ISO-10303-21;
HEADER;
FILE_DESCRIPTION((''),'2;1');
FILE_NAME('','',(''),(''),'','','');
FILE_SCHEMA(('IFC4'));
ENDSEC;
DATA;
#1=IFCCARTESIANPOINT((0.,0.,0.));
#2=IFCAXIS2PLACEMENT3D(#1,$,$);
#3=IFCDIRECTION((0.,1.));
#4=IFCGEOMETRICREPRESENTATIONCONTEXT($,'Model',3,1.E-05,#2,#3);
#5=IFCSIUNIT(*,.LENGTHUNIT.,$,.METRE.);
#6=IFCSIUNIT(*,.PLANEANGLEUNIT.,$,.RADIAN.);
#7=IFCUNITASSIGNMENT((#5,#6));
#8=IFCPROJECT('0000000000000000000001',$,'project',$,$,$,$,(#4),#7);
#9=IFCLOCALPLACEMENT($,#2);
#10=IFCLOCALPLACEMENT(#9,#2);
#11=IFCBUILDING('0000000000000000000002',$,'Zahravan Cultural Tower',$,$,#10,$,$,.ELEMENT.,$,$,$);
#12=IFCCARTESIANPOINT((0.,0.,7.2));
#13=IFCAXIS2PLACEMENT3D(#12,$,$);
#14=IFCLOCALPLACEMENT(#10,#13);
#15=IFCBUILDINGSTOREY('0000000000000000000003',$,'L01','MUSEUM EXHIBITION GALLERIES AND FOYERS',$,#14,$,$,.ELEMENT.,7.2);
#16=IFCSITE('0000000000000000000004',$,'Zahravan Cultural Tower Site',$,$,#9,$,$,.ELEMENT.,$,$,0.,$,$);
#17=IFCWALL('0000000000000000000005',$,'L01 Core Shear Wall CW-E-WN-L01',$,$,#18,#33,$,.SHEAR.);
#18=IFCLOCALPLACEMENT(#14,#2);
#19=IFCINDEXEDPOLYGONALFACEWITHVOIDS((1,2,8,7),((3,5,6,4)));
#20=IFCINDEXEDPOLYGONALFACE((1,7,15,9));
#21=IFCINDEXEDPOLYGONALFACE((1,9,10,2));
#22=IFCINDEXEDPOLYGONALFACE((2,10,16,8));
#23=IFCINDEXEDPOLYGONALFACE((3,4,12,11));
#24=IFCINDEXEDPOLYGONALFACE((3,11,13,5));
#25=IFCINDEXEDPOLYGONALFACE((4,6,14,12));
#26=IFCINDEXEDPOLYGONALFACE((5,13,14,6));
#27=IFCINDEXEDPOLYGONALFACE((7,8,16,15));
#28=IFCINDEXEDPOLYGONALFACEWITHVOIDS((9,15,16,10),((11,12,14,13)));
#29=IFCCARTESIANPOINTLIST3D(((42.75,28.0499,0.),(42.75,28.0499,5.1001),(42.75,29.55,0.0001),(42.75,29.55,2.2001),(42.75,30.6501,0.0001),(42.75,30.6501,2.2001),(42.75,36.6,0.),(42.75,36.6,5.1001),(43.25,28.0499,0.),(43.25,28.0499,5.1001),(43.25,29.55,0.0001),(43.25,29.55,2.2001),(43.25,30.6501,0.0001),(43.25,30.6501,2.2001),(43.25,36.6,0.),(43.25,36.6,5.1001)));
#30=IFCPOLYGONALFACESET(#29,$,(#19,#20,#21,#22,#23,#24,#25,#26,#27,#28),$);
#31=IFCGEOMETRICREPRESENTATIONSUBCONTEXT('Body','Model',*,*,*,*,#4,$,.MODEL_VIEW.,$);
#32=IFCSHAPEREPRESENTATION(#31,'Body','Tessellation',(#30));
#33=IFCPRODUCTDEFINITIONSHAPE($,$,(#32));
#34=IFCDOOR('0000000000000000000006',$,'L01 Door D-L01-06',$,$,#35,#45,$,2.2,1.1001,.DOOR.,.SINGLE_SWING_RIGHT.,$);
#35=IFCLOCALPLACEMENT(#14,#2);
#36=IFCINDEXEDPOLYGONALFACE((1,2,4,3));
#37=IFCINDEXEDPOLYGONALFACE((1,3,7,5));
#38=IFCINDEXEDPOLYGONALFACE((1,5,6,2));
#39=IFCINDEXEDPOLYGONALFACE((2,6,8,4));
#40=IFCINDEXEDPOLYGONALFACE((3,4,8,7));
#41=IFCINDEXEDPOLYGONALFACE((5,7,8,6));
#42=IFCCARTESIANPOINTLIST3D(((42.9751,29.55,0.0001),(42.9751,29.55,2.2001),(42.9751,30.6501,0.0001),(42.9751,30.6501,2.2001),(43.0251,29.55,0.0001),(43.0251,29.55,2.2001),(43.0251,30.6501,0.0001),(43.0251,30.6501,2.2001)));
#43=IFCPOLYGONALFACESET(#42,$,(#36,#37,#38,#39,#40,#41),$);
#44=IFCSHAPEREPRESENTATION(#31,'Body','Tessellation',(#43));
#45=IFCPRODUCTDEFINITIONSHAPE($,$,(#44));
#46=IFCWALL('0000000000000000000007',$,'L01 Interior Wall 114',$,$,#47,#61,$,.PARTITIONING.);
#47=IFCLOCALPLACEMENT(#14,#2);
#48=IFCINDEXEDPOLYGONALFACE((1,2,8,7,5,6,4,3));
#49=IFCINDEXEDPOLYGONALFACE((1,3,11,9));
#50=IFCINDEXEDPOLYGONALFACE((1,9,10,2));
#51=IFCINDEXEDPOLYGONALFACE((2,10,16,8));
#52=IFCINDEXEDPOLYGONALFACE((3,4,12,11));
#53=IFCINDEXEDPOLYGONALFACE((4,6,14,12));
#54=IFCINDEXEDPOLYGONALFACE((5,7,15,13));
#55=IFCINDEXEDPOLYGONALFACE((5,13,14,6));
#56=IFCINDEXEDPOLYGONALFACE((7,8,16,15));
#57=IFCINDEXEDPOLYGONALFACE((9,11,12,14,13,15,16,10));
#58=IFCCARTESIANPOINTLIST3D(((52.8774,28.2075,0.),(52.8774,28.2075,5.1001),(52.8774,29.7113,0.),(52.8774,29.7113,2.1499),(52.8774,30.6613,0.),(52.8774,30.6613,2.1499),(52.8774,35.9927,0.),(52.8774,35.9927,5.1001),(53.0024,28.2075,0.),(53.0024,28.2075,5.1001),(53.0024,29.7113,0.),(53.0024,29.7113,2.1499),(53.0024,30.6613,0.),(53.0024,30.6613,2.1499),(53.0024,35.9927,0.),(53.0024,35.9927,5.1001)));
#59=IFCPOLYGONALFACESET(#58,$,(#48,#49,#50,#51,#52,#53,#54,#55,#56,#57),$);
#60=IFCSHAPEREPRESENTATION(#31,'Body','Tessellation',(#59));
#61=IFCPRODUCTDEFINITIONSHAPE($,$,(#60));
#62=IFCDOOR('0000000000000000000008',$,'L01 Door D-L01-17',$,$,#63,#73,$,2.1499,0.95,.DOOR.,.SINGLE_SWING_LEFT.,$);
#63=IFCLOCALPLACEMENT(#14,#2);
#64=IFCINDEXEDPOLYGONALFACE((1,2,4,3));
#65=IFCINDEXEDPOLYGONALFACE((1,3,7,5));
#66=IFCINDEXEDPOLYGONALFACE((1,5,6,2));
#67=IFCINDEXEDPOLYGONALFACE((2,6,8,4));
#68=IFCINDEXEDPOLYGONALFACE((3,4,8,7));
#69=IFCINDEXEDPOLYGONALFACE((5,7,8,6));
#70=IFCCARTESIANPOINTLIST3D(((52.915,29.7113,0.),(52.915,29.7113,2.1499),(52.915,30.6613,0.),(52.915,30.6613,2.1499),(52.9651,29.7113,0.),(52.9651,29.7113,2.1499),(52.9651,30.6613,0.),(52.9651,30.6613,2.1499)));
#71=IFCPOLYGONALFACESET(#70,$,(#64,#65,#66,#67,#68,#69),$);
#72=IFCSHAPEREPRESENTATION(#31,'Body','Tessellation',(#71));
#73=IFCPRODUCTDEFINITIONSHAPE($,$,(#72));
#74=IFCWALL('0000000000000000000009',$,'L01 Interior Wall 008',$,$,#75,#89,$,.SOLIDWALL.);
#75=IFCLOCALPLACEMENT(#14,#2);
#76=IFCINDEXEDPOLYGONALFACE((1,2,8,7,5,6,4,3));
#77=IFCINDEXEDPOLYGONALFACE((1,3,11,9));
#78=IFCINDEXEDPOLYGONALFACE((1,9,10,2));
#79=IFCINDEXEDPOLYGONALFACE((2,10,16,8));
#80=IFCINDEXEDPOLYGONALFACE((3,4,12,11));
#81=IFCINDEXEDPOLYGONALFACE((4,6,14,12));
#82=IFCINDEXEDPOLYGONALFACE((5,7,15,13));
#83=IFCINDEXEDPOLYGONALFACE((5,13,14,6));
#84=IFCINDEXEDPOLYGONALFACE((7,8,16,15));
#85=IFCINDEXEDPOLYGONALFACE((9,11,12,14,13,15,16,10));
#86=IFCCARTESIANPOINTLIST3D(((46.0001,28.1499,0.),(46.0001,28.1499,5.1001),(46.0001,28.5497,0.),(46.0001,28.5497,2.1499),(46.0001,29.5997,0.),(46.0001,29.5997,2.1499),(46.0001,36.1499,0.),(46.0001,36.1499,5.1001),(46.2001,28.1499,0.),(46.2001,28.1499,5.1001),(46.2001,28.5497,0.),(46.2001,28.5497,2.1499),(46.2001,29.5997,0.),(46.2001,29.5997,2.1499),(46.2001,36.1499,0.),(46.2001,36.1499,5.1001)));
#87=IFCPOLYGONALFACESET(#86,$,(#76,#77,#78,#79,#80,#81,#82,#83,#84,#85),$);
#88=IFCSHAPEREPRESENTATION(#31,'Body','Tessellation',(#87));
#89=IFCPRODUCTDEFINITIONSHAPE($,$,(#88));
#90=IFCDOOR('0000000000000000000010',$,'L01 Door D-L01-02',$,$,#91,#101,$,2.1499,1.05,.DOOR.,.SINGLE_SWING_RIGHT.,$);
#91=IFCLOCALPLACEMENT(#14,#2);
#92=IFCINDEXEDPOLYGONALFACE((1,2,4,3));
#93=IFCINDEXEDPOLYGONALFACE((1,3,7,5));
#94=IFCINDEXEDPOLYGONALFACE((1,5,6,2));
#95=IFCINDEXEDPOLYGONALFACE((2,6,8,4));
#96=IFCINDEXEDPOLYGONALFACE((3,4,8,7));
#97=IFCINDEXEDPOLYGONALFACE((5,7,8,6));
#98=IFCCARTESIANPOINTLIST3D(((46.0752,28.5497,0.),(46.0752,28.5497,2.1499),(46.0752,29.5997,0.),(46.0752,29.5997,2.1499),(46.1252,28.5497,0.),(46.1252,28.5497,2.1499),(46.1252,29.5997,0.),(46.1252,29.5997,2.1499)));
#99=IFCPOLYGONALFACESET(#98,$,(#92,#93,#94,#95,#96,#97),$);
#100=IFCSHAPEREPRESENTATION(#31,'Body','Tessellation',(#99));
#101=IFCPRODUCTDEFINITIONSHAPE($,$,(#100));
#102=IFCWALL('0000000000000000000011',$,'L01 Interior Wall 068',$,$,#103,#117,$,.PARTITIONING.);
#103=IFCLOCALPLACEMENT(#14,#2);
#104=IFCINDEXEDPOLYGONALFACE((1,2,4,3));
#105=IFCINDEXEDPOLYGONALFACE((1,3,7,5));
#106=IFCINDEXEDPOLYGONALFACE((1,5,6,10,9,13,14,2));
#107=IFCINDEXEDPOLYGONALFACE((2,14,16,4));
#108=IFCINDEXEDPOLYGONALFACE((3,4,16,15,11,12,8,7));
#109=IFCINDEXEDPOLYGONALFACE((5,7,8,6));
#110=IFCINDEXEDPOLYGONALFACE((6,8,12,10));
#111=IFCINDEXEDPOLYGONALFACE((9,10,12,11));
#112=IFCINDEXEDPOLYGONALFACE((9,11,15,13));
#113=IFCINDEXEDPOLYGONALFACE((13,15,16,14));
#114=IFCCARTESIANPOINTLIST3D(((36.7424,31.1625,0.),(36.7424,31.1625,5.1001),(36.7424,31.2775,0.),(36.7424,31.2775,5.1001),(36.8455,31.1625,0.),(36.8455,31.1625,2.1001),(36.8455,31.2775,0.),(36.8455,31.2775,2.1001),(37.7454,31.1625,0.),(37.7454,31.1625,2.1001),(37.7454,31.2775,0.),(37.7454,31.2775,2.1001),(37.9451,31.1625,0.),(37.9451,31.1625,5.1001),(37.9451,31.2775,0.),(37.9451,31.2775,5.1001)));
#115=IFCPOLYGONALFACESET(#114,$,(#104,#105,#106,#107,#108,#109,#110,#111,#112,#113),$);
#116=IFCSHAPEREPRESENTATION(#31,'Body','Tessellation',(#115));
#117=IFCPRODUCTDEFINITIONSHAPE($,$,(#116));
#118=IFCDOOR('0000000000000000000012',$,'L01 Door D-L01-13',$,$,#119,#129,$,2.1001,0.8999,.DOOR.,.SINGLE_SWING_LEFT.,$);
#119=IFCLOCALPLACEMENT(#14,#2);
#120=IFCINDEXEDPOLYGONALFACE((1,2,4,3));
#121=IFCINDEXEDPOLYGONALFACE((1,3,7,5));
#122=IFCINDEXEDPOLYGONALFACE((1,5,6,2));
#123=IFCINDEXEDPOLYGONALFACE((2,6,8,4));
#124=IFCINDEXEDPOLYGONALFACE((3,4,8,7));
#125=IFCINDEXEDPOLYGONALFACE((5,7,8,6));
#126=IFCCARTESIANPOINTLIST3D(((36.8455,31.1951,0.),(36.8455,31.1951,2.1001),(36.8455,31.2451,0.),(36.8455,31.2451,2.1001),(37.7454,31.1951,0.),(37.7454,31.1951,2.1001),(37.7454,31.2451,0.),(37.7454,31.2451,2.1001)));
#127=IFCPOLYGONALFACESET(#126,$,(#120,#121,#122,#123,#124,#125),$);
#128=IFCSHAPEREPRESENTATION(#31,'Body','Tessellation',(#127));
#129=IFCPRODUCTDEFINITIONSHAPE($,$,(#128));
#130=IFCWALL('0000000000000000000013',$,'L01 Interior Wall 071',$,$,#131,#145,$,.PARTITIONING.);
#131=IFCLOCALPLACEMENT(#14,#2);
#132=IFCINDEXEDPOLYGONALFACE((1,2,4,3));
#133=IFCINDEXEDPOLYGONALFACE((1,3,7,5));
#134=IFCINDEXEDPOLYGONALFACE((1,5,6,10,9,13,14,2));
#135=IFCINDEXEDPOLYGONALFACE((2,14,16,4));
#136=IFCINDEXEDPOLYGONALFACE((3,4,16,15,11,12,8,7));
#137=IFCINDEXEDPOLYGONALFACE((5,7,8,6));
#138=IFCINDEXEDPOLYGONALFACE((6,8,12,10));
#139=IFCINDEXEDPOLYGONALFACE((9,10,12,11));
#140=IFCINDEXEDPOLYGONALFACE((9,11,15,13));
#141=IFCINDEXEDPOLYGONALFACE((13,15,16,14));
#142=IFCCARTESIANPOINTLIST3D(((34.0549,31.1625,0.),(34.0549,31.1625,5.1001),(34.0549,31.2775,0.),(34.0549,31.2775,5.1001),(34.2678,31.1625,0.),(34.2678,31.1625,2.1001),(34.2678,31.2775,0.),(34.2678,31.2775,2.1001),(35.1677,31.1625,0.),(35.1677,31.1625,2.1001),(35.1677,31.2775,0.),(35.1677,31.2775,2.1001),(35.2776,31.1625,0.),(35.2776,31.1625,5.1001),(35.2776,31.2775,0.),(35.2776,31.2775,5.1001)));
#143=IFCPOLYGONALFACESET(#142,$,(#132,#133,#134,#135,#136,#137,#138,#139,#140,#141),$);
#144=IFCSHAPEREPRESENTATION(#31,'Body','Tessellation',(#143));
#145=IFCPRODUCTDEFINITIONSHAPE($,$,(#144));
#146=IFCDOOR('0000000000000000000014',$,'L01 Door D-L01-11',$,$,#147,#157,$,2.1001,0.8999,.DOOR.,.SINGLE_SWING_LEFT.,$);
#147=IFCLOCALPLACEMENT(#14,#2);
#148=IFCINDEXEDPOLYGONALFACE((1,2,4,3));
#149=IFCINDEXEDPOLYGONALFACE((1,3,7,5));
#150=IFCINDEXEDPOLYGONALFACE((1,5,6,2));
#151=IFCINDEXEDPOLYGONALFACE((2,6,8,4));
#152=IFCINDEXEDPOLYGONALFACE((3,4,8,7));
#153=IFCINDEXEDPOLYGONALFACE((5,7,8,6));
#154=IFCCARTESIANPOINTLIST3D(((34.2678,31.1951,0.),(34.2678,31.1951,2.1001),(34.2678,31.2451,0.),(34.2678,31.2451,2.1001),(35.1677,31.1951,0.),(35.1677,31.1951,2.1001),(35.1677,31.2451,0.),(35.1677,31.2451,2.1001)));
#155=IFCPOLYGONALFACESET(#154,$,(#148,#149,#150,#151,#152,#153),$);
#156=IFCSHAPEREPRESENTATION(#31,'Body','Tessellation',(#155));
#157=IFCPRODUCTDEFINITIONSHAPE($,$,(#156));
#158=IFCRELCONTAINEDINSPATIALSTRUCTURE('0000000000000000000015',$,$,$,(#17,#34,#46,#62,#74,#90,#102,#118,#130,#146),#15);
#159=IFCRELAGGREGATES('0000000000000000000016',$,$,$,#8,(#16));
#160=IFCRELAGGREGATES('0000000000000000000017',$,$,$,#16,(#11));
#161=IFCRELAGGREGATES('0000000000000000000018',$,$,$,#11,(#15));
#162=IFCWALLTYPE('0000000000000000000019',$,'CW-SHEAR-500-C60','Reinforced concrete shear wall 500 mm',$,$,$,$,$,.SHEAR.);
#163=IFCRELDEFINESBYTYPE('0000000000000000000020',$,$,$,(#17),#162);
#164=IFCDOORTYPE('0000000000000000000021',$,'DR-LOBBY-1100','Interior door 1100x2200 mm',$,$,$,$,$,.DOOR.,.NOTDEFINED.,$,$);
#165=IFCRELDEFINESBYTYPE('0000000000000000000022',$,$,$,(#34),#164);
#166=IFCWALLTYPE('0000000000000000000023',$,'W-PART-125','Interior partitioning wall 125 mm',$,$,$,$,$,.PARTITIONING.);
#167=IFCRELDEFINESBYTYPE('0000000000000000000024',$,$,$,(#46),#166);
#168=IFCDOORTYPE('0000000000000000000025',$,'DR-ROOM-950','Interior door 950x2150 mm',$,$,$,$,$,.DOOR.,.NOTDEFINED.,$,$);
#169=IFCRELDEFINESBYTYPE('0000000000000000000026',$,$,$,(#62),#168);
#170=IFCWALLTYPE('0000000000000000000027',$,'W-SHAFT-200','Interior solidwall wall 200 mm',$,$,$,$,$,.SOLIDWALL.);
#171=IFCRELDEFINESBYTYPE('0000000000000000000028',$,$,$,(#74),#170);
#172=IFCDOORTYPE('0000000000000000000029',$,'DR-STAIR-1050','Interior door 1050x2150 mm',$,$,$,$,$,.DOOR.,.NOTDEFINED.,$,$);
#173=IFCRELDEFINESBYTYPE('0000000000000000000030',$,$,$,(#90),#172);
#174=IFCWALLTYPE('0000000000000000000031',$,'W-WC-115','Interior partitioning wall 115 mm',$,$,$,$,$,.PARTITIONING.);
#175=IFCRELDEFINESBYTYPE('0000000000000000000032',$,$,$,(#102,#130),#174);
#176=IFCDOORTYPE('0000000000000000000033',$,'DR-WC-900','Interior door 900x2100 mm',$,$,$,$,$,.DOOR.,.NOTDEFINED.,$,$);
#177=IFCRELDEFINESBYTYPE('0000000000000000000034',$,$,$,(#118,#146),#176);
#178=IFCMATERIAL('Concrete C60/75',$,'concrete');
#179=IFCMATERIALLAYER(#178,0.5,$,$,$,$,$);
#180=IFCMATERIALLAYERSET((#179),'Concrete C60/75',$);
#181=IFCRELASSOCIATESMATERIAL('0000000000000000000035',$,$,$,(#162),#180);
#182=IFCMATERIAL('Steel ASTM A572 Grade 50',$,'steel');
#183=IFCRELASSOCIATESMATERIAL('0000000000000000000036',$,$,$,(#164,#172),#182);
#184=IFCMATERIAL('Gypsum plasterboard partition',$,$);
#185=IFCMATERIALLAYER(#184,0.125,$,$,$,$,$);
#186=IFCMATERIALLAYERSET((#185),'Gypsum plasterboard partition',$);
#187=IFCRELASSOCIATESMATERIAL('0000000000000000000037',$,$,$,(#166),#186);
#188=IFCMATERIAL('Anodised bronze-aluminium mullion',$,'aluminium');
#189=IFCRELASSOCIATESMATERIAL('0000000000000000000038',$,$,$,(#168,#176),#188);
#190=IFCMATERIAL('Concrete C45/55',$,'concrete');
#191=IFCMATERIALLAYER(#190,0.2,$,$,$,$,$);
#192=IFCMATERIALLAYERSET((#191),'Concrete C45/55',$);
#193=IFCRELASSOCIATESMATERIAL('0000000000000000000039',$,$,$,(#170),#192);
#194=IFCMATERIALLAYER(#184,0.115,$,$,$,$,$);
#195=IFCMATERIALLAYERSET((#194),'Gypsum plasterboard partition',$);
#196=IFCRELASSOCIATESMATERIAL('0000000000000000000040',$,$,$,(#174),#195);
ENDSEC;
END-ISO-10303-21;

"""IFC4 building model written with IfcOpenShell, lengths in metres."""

from ifc_helpers import new_model, si_unit, direction, frame, frame_2d, origin, place, context, subcontext, project, spatial, rectangle, extrude, source, transform, mapped, material, layer, layer_set, type_object, element, fill, save


model = new_model("IFC4")

# Units and contexts
model_context = context("Model", 3, precision=1e-05, world=origin(), true_north=direction((0.0, 1.0)))
body_context = subcontext(model_context, "Body", "Model", "MODEL_VIEW")
ifc_project = project(units=[si_unit("LENGTHUNIT", "METRE"), si_unit("PLANEANGLEUNIT", "RADIAN")], contexts=[model_context])

# Site, building, storey
site_placement = place(None, origin())
site = spatial("IfcSite", under=ifc_project, at=site_placement, Name="Zahravan Cultural Tower Site", CompositionType="ELEMENT", RefElevation=0.0)
building_placement = place(site_placement, origin())
building = spatial("IfcBuilding", under=site, at=building_placement, Name="Zahravan Cultural Tower", CompositionType="ELEMENT")
storey_placement = place(building_placement, frame((0.0, 0.0, 7.2)))
storey = spatial("IfcBuildingStorey", under=building, at=storey_placement, Name="L01", Description="MUSEUM EXHIBITION GALLERIES AND FOYERS", CompositionType="ELEMENT", Elevation=7.2)

# Walls, openings, doors
ifc_material_1 = material(Name="Concrete C60/75", Category="concrete")
ifc_layer_1 = layer(ifc_material_1, 0.5)
ifc_layer_set_1 = layer_set([ifc_layer_1], Name="Concrete C60/75")
wall_type_1 = type_object("IfcWallType", Name="CW-SHEAR-500-C60", Description="Reinforced concrete shear wall 500 mm", PredefinedType="SHEAR", material=ifc_layer_set_1)
wall_1_placement = place(storey_placement, frame((43.0, 28.05, 0.0), z_axis=(0.0, 0.0, 1.0), x_axis=(0.0, 1.0, 0.0)))
wall_1 = element("IfcWall", 1, at=wall_1_placement, inside=storey, type_object=wall_type_1, Name="L01 Core Shear Wall CW-E-WN-L01", PredefinedType="SHEAR", context=body_context, shape_type="SweptSolid", body=[
    extrude(rectangle(XDim=8.55, YDim=0.5, at=frame_2d((4.2749, 0.0))), origin(), (0.0, 0.0, 1.0), 5.1001),
])
opening_1_placement = place(wall_1_placement, frame((1.5, 0.0, 0.0)))
opening_1 = element("IfcOpeningElement", 2, at=opening_1_placement, cuts=wall_1, PredefinedType="OPENING", context=body_context, shape_type="SweptSolid", body=[
    extrude(rectangle(XDim=1.1001, YDim=2.2, at=frame_2d((0.55, 1.1001))), frame((0.0, 0.26, 0.0), z_axis=(0.0, -1.0, 0.0), x_axis=(1.0, 0.0, 0.0)), (0.0, 0.0, 1.0), 0.52),
])
ifc_material_2 = material(Name="Steel ASTM A572 Grade 50", Category="steel")
door_type_1 = type_object("IfcDoorType", Name="DR-LOBBY-1100", Description="Interior door 1100x2200 mm", OperationType="NOTDEFINED", PredefinedType="DOOR", material=ifc_material_2)
shared_shape_1 = source(origin(), body_context, "Body", "SweptSolid", [
    extrude(rectangle(XDim=1.1001, YDim=2.2, at=frame_2d((0.55, 1.1001))), frame((0.0, 0.0249, 0.0), z_axis=(0.0, -1.0, 0.0), x_axis=(1.0, 0.0, 0.0)), (0.0, 0.0, 1.0), 0.05),
])
door_1_placement = place(opening_1_placement, origin())
door_1 = element("IfcDoor", 3, at=door_1_placement, inside=storey, type_object=door_type_1, Name="L01 Door D-L01-06", OperationType="SINGLE_SWING_RIGHT", OverallHeight=2.2, OverallWidth=1.1001, PredefinedType="DOOR", context=body_context, shape_type="MappedRepresentation", body=[
    mapped(shared_shape_1, transform((0.0, 0.0, 0.0), x_axis=(1.0, 0.0, 0.0), y_axis=(0.0, 1.0, 0.0), z_axis=(0.0, 0.0, 1.0), scale=1.0)),
])
fill(opening_1, door_1)
ifc_material_3 = material(Name="Gypsum plasterboard partition")
ifc_layer_2 = layer(ifc_material_3, 0.125)
ifc_layer_set_2 = layer_set([ifc_layer_2], Name="Gypsum plasterboard partition")
wall_type_2 = type_object("IfcWallType", Name="W-PART-125", Description="Interior partitioning wall 125 mm", PredefinedType="PARTITIONING", material=ifc_layer_set_2)
wall_2_placement = place(storey_placement, frame((52.9399, 28.2075, 0.0), z_axis=(0.0, 0.0, 1.0), x_axis=(0.0, 1.0, 0.0)))
wall_2 = element("IfcWall", 4, at=wall_2_placement, inside=storey, type_object=wall_type_2, Name="L01 Interior Wall 114", PredefinedType="PARTITIONING", context=body_context, shape_type="SweptSolid", body=[
    extrude(rectangle(XDim=7.7852, YDim=0.125, at=frame_2d((3.8926, 0.0))), origin(), (0.0, 0.0, 1.0), 5.1001),
])
opening_2_placement = place(wall_2_placement, frame((1.5037, 0.0, 0.0)))
opening_2 = element("IfcOpeningElement", 5, at=opening_2_placement, cuts=wall_2, PredefinedType="OPENING", context=body_context, shape_type="SweptSolid", body=[
    extrude(rectangle(XDim=0.95, YDim=2.1499, at=frame_2d((0.4751, 1.075))), frame((0.0, 0.0725, 0.0), z_axis=(0.0, -1.0, 0.0), x_axis=(1.0, 0.0, 0.0)), (0.0, 0.0, 1.0), 0.145),
])
ifc_material_4 = material(Name="Anodised bronze-aluminium mullion", Category="aluminium")
door_type_2 = type_object("IfcDoorType", Name="DR-ROOM-950", Description="Interior door 950x2150 mm", OperationType="NOTDEFINED", PredefinedType="DOOR", material=ifc_material_4)
shared_shape_2 = source(origin(), body_context, "Body", "SweptSolid", [
    extrude(rectangle(XDim=0.95, YDim=2.1499, at=frame_2d((0.4751, 1.075))), frame((0.0, 0.0249, 0.0), z_axis=(0.0, -1.0, 0.0), x_axis=(1.0, 0.0, 0.0)), (0.0, 0.0, 1.0), 0.05),
])
door_2_placement = place(opening_2_placement, origin())
door_2 = element("IfcDoor", 6, at=door_2_placement, inside=storey, type_object=door_type_2, Name="L01 Door D-L01-17", OperationType="SINGLE_SWING_LEFT", OverallHeight=2.1499, OverallWidth=0.95, PredefinedType="DOOR", context=body_context, shape_type="MappedRepresentation", body=[
    mapped(shared_shape_2, transform((0.0, 0.0, 0.0), x_axis=(1.0, 0.0, 0.0), y_axis=(0.0, 1.0, 0.0), z_axis=(0.0, 0.0, 1.0), scale=1.0)),
])
fill(opening_2, door_2)
ifc_material_5 = material(Name="Concrete C45/55", Category="concrete")
ifc_layer_3 = layer(ifc_material_5, 0.2)
ifc_layer_set_3 = layer_set([ifc_layer_3], Name="Concrete C45/55")
wall_type_3 = type_object("IfcWallType", Name="W-SHAFT-200", Description="Interior solidwall wall 200 mm", PredefinedType="SOLIDWALL", material=ifc_layer_set_3)
wall_3_placement = place(storey_placement, frame((46.1001, 28.1499, 0.0), z_axis=(0.0, 0.0, 1.0), x_axis=(0.0, 1.0, 0.0)))
wall_3 = element("IfcWall", 7, at=wall_3_placement, inside=storey, type_object=wall_type_3, Name="L01 Interior Wall 008", PredefinedType="SOLIDWALL", context=body_context, shape_type="SweptSolid", body=[
    extrude(rectangle(XDim=8.0, YDim=0.2, at=frame_2d((4.0, 0.0))), origin(), (0.0, 0.0, 1.0), 5.1001),
])
opening_3_placement = place(wall_3_placement, frame((0.3999, 0.0, 0.0)))
opening_3 = element("IfcOpeningElement", 8, at=opening_3_placement, cuts=wall_3, PredefinedType="OPENING", context=body_context, shape_type="SweptSolid", body=[
    extrude(rectangle(XDim=1.05, YDim=2.1499, at=frame_2d((0.5249, 1.075))), frame((0.0, 0.1099, 0.0), z_axis=(0.0, -1.0, 0.0), x_axis=(1.0, 0.0, 0.0)), (0.0, 0.0, 1.0), 0.22),
])
door_type_3 = type_object("IfcDoorType", Name="DR-STAIR-1050", Description="Interior door 1050x2150 mm", OperationType="NOTDEFINED", PredefinedType="DOOR", material=ifc_material_2)
shared_shape_3 = source(origin(), body_context, "Body", "SweptSolid", [
    extrude(rectangle(XDim=1.05, YDim=2.1499, at=frame_2d((0.5249, 1.075))), frame((0.0, 0.0249, 0.0), z_axis=(0.0, -1.0, 0.0), x_axis=(1.0, 0.0, 0.0)), (0.0, 0.0, 1.0), 0.05),
])
door_3_placement = place(opening_3_placement, origin())
door_3 = element("IfcDoor", 9, at=door_3_placement, inside=storey, type_object=door_type_3, Name="L01 Door D-L01-02", OperationType="SINGLE_SWING_RIGHT", OverallHeight=2.1499, OverallWidth=1.05, PredefinedType="DOOR", context=body_context, shape_type="MappedRepresentation", body=[
    mapped(shared_shape_3, transform((0.0, 0.0, 0.0), x_axis=(1.0, 0.0, 0.0), y_axis=(0.0, 1.0, 0.0), z_axis=(0.0, 0.0, 1.0), scale=1.0)),
])
fill(opening_3, door_3)
ifc_layer_4 = layer(ifc_material_3, 0.115)
ifc_layer_set_4 = layer_set([ifc_layer_4], Name="Gypsum plasterboard partition")
wall_type_4 = type_object("IfcWallType", Name="W-WC-115", Description="Interior partitioning wall 115 mm", PredefinedType="PARTITIONING", material=ifc_layer_set_4)
wall_4_placement = place(storey_placement, frame((37.9451, 31.22, 0.0), z_axis=(0.0, 0.0, 1.0), x_axis=(-1.0, 0.0, 0.0)))
wall_4 = element("IfcWall", 10, at=wall_4_placement, inside=storey, type_object=wall_type_4, Name="L01 Interior Wall 068", PredefinedType="PARTITIONING", context=body_context, shape_type="SweptSolid", body=[
    extrude(rectangle(XDim=1.2026, YDim=0.115, at=frame_2d((0.6013, 0.0))), origin(), (0.0, 0.0, 1.0), 5.1001),
])
opening_4_placement = place(wall_4_placement, frame((0.1997, 0.0, 0.0)))
opening_4 = element("IfcOpeningElement", 11, at=opening_4_placement, cuts=wall_4, PredefinedType="OPENING", context=body_context, shape_type="SweptSolid", body=[
    extrude(rectangle(XDim=0.8999, YDim=2.1001, at=frame_2d((0.45, 1.05))), frame((0.0, 0.0674, 0.0), z_axis=(0.0, -1.0, 0.0), x_axis=(1.0, 0.0, 0.0)), (0.0, 0.0, 1.0), 0.135),
])
door_type_4 = type_object("IfcDoorType", Name="DR-WC-900", Description="Interior door 900x2100 mm", OperationType="NOTDEFINED", PredefinedType="DOOR", material=ifc_material_4)
shared_shape_4 = source(origin(), body_context, "Body", "SweptSolid", [
    extrude(rectangle(XDim=0.8999, YDim=2.1001, at=frame_2d((0.45, 1.05))), frame((0.0, 0.0249, 0.0), z_axis=(0.0, -1.0, 0.0), x_axis=(1.0, 0.0, 0.0)), (0.0, 0.0, 1.0), 0.05),
])
door_4_placement = place(opening_4_placement, origin())
door_4 = element("IfcDoor", 12, at=door_4_placement, inside=storey, type_object=door_type_4, Name="L01 Door D-L01-13", OperationType="SINGLE_SWING_LEFT", OverallHeight=2.1001, OverallWidth=0.8999, PredefinedType="DOOR", context=body_context, shape_type="MappedRepresentation", body=[
    mapped(shared_shape_4, transform((0.0, 0.0, 0.0), x_axis=(1.0, 0.0, 0.0), y_axis=(0.0, 1.0, 0.0), z_axis=(0.0, 0.0, 1.0), scale=1.0)),
])
fill(opening_4, door_4)
wall_5_placement = place(storey_placement, frame((35.2776, 31.22, 0.0), z_axis=(0.0, 0.0, 1.0), x_axis=(-1.0, 0.0, 0.0)))
wall_5 = element("IfcWall", 13, at=wall_5_placement, inside=storey, type_object=wall_type_4, Name="L01 Interior Wall 071", PredefinedType="PARTITIONING", context=body_context, shape_type="SweptSolid", body=[
    extrude(rectangle(XDim=1.2227, YDim=0.115, at=frame_2d((0.6113, 0.0))), origin(), (0.0, 0.0, 1.0), 5.1001),
])
opening_5_placement = place(wall_5_placement, frame((0.1099, 0.0, 0.0)))
opening_5 = element("IfcOpeningElement", 14, at=opening_5_placement, cuts=wall_5, PredefinedType="OPENING", context=body_context, shape_type="SweptSolid", body=[
    extrude(rectangle(XDim=0.8999, YDim=2.1001, at=frame_2d((0.45, 1.05))), frame((0.0, 0.0674, 0.0), z_axis=(0.0, -1.0, 0.0), x_axis=(1.0, 0.0, 0.0)), (0.0, 0.0, 1.0), 0.135),
])
door_5_placement = place(opening_5_placement, origin())
door_5 = element("IfcDoor", 15, at=door_5_placement, inside=storey, type_object=door_type_4, Name="L01 Door D-L01-11", OperationType="SINGLE_SWING_LEFT", OverallHeight=2.1001, OverallWidth=0.8999, PredefinedType="DOOR", context=body_context, shape_type="MappedRepresentation", body=[
    mapped(shared_shape_4, transform((0.0, 0.0, 0.0), x_axis=(1.0, 0.0, 0.0), y_axis=(0.0, 1.0, 0.0), z_axis=(0.0, 0.0, 1.0), scale=1.0)),
])
fill(opening_5, door_5)

save(model, "model.ifc")
